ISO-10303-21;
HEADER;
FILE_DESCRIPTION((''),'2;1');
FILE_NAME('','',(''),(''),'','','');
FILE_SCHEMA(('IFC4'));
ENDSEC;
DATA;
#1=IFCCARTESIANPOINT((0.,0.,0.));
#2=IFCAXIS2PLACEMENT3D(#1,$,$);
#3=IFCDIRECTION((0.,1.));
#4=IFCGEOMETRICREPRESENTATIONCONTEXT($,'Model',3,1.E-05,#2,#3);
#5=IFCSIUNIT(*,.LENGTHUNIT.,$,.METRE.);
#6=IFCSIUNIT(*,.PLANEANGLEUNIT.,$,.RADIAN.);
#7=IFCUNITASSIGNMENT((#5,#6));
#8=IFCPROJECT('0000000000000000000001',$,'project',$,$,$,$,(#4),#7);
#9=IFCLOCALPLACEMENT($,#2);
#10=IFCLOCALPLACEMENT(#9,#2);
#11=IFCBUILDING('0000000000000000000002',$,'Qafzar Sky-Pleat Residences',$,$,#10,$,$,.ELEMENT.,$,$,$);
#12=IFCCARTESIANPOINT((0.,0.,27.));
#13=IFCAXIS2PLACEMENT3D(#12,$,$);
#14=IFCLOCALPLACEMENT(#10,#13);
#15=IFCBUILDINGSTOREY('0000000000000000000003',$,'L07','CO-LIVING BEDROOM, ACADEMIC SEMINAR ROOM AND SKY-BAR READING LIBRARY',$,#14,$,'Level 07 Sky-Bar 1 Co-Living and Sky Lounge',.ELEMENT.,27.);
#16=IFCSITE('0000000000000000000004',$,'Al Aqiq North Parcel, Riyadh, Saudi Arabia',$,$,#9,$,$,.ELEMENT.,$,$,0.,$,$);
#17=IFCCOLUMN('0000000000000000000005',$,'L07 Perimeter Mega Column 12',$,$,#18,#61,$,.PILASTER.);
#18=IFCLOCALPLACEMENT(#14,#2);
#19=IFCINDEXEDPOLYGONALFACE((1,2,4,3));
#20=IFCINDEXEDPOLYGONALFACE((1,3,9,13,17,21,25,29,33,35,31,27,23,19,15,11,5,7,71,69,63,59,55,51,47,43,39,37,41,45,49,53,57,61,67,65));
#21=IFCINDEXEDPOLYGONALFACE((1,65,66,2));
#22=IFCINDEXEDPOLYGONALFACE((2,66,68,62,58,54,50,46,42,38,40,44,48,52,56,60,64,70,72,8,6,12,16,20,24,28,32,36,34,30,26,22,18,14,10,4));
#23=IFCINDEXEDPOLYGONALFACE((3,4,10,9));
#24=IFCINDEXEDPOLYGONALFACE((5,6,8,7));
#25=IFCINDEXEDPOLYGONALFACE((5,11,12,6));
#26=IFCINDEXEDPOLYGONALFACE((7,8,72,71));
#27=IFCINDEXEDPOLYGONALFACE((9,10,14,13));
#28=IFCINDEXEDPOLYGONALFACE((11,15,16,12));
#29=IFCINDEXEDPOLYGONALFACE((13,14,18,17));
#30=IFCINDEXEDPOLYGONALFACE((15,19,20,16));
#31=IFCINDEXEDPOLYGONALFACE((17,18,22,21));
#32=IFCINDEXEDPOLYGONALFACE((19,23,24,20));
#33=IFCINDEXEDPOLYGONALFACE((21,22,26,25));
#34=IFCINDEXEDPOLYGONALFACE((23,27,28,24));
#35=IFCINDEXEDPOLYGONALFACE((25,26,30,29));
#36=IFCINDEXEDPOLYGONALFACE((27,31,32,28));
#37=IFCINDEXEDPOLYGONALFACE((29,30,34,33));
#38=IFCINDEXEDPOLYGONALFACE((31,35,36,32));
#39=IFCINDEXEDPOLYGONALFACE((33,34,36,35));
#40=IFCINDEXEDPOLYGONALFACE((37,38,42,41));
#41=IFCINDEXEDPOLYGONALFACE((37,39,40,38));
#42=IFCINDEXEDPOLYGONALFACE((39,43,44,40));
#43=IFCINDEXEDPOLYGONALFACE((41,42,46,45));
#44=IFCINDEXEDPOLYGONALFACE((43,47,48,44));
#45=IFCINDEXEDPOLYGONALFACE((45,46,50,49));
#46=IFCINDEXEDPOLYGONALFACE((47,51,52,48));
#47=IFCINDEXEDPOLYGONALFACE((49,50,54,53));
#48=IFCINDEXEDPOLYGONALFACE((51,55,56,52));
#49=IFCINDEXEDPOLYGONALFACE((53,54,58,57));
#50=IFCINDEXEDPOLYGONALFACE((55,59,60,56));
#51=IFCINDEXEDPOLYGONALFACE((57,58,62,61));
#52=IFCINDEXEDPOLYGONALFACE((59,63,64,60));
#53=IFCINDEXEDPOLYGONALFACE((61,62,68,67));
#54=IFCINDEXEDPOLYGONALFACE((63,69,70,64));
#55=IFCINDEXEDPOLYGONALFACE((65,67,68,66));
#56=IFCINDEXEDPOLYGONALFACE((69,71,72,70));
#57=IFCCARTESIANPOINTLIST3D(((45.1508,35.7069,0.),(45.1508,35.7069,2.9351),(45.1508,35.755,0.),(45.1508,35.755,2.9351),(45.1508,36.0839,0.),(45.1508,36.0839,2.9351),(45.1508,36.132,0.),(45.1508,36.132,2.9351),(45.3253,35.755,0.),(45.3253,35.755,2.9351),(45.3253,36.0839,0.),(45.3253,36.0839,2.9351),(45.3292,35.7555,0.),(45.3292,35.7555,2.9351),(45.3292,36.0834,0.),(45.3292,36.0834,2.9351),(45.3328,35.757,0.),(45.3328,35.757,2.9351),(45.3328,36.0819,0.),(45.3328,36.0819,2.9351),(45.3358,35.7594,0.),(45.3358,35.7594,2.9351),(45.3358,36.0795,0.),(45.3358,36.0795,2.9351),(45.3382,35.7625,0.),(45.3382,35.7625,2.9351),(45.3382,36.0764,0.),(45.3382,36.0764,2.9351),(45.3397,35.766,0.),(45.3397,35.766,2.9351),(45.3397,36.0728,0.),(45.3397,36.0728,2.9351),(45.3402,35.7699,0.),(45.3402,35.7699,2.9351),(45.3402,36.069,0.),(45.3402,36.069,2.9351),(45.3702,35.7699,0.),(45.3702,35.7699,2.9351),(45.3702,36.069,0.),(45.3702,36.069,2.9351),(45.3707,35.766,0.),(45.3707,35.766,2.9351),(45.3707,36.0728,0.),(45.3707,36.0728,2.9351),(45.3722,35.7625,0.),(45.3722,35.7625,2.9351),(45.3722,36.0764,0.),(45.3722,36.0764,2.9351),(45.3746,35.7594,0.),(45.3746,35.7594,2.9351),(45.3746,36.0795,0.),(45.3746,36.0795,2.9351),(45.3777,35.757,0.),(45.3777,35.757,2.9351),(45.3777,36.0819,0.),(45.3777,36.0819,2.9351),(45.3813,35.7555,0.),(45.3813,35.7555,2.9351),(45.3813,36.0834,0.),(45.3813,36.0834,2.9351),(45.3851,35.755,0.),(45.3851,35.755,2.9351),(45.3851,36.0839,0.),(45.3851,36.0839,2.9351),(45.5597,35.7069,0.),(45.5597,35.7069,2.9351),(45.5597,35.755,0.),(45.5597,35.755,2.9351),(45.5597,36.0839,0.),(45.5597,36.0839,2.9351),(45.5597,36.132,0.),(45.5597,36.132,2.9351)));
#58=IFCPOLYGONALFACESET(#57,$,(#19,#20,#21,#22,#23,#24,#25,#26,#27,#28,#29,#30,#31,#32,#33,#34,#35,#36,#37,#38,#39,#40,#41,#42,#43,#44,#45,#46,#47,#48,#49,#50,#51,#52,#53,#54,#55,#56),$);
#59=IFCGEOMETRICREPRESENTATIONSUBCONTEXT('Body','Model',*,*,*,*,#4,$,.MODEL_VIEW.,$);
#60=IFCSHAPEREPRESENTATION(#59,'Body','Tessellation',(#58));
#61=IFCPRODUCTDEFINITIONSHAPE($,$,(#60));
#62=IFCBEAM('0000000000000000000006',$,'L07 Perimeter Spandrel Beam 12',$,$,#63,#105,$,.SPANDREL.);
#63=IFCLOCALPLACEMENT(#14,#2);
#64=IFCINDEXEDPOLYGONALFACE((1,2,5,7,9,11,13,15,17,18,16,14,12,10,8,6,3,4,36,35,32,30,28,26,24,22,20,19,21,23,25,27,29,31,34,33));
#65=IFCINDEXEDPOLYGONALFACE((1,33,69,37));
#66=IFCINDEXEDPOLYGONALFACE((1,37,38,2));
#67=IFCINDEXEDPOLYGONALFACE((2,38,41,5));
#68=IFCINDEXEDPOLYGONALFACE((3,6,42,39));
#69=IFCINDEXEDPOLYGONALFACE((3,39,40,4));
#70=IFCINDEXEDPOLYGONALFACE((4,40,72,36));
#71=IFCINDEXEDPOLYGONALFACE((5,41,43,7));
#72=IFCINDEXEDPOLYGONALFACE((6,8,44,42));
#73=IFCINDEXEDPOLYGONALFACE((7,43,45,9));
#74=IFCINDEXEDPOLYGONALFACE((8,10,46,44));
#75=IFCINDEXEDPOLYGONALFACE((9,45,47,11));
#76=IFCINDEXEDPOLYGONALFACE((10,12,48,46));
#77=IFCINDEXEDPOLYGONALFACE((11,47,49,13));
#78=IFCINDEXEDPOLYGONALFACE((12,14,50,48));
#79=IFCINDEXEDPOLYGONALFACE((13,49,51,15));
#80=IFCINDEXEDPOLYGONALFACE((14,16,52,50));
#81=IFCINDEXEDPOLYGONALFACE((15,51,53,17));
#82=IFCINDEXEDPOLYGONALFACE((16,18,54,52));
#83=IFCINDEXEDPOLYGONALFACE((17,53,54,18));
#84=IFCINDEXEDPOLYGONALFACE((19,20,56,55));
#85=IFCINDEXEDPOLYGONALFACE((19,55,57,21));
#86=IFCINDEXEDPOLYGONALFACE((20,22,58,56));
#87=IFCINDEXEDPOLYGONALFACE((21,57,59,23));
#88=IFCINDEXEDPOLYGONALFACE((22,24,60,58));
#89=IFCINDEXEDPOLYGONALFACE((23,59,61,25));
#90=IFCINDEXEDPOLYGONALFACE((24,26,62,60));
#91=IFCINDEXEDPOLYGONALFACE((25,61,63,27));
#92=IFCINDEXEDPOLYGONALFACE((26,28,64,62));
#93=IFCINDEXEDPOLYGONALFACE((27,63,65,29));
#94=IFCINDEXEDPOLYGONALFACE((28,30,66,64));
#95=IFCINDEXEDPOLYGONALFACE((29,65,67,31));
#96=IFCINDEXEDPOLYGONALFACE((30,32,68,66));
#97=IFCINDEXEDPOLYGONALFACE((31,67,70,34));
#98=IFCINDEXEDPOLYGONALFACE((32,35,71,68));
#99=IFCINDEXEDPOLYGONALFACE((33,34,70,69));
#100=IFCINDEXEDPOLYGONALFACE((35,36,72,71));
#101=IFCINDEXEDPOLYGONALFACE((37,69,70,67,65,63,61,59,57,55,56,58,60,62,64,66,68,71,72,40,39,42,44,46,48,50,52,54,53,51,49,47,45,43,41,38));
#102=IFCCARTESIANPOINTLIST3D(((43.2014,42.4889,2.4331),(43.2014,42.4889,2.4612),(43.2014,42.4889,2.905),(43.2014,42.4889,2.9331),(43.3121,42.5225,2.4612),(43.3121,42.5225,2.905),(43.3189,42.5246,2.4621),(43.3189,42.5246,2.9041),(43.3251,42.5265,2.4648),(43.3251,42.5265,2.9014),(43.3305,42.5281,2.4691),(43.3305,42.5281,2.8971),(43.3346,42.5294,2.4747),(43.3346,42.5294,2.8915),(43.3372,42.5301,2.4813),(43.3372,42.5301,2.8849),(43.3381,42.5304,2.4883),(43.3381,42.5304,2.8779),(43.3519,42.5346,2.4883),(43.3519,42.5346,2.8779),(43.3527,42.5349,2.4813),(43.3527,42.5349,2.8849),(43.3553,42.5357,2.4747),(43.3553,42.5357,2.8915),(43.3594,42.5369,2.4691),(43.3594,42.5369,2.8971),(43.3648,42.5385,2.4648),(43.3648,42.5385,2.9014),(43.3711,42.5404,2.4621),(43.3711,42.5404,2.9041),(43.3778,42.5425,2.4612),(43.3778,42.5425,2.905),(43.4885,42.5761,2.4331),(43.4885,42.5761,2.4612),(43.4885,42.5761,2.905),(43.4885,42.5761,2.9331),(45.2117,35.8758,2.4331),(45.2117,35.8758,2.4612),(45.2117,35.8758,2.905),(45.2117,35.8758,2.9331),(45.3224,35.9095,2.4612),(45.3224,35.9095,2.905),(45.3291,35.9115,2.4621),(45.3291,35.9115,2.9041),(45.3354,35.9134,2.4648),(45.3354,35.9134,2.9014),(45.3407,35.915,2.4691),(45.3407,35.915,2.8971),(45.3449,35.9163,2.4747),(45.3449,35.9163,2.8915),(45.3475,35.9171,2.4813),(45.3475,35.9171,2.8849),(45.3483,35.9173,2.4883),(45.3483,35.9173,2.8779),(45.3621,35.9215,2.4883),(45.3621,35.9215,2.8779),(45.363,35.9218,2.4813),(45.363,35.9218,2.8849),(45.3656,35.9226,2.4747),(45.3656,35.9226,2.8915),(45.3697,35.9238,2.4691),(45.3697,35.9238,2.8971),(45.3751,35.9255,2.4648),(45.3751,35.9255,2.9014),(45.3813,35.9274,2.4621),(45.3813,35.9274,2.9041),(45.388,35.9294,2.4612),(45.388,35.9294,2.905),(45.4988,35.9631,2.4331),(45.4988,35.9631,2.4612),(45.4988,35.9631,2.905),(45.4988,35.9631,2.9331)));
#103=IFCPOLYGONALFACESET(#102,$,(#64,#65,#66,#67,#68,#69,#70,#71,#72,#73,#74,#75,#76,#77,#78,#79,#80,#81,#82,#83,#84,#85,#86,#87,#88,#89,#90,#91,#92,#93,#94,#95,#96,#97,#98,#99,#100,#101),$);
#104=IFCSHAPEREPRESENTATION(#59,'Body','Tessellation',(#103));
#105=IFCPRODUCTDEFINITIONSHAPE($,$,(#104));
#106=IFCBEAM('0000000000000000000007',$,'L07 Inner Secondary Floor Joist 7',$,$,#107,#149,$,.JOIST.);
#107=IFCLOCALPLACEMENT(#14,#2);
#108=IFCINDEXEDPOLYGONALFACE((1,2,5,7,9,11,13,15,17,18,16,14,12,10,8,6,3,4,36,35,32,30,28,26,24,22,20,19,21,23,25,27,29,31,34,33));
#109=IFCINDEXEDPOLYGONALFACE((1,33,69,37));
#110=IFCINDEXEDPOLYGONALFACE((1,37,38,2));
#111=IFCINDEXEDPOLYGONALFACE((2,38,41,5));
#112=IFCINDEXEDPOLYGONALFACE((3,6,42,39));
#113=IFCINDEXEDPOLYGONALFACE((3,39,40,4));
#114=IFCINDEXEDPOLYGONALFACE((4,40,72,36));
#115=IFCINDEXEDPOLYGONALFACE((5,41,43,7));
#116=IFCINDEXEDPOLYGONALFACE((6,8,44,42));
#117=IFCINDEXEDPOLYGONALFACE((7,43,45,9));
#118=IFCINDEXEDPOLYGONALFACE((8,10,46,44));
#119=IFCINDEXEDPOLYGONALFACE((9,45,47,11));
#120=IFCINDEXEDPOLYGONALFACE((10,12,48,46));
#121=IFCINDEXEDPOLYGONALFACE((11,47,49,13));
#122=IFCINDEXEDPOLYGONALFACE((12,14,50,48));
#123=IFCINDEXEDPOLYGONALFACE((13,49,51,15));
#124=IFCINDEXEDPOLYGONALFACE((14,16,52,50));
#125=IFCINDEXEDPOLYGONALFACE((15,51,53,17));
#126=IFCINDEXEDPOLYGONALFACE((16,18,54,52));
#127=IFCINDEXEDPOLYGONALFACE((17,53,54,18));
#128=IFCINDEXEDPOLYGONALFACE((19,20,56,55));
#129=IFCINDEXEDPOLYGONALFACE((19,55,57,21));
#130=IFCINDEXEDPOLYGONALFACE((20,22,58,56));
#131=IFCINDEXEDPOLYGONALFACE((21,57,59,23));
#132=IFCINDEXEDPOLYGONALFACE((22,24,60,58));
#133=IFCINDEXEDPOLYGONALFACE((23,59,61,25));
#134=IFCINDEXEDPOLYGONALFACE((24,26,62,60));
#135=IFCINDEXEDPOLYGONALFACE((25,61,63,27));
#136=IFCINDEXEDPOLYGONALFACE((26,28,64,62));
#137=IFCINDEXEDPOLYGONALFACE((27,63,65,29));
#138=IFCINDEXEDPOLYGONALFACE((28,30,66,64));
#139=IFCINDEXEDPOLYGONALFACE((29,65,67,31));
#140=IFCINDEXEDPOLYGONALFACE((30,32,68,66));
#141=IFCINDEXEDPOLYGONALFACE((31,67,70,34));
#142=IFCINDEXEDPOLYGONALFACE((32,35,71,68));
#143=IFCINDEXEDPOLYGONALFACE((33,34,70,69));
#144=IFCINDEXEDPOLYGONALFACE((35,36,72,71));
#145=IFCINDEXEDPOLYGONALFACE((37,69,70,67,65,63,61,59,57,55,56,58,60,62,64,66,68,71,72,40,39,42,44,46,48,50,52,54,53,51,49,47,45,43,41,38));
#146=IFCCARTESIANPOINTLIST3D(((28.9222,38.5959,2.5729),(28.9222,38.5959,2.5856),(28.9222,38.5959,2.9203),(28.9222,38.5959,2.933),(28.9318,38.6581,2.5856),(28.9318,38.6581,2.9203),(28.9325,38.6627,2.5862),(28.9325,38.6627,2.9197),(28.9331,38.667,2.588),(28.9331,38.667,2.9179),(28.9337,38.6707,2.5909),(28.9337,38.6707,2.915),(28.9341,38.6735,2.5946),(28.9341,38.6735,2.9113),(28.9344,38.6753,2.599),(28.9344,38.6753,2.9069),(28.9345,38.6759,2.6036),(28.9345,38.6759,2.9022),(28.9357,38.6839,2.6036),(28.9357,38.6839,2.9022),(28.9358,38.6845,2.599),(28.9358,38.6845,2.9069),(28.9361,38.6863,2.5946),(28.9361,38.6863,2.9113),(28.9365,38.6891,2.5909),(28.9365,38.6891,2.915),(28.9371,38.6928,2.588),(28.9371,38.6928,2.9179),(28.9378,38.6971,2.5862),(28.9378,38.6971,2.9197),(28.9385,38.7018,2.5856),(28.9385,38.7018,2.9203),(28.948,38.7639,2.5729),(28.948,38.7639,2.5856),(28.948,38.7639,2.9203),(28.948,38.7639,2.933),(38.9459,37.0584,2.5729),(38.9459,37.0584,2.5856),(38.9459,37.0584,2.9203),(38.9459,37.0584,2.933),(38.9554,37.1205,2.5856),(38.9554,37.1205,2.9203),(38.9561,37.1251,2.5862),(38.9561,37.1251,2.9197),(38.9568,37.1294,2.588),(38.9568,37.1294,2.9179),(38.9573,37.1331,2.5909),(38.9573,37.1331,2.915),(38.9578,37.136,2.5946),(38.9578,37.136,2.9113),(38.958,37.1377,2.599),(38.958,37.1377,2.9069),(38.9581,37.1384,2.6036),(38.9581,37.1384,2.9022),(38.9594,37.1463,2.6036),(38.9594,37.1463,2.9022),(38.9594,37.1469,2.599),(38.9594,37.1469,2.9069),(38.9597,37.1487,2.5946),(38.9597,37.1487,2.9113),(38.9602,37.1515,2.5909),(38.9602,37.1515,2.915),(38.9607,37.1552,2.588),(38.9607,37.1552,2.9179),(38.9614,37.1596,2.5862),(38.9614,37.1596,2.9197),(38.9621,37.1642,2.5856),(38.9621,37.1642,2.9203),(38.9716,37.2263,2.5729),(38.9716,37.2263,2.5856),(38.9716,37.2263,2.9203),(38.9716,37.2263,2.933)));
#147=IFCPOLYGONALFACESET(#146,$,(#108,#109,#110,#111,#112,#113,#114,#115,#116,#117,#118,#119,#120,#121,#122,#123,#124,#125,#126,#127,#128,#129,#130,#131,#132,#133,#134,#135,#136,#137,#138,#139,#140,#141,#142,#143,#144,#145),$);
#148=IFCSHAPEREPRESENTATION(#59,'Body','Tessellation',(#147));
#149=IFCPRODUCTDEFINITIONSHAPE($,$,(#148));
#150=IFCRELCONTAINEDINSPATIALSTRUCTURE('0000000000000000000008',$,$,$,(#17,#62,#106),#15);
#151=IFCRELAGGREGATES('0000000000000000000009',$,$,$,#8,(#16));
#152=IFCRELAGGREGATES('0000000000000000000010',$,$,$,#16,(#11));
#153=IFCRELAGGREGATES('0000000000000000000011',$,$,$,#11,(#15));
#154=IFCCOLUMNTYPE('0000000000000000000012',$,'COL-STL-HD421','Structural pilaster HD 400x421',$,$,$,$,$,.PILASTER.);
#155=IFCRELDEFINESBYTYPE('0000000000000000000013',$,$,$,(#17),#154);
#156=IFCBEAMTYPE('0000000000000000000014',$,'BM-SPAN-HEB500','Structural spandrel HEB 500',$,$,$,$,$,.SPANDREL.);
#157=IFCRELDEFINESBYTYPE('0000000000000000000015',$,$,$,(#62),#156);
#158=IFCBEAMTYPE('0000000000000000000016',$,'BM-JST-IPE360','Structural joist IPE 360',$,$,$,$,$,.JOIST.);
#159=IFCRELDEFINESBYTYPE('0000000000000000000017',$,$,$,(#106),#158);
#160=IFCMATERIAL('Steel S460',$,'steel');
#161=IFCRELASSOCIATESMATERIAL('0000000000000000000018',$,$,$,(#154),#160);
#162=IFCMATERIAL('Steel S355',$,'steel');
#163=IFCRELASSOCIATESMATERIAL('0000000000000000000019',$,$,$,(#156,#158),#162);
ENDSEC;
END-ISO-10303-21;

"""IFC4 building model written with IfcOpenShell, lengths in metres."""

from ifc_helpers import new_model, si_unit, direction, frame, origin, origin_2d, place, context, subcontext, project, spatial, i_section, extrude, source, transform, mapped, material, material_profile, profile_set, type_object, element, save


model = new_model("IFC4")

# Units and contexts
model_context = context("Model", 3, precision=1e-05, world=origin(), true_north=direction((0.0, 1.0)))
body_context = subcontext(model_context, "Body", "Model", "MODEL_VIEW")
ifc_project = project(units=[si_unit("LENGTHUNIT", "METRE"), si_unit("PLANEANGLEUNIT", "RADIAN")], contexts=[model_context])

# Site, building, storey
site_placement = place(None, origin())
site = spatial("IfcSite", under=ifc_project, at=site_placement, Name="Al Aqiq North Parcel, Riyadh, Saudi Arabia", CompositionType="ELEMENT", RefElevation=0.0)
building_placement = place(site_placement, origin())
building = spatial("IfcBuilding", under=site, at=building_placement, Name="Qafzar Sky-Pleat Residences", CompositionType="ELEMENT")
storey_placement = place(building_placement, frame((0.0, 0.0, 27.0)))
storey = spatial("IfcBuildingStorey", under=building, at=storey_placement, Name="L07", Description="CO-LIVING BEDROOM, ACADEMIC SEMINAR ROOM AND SKY-BAR READING LIBRARY", LongName="Level 07 Sky-Bar 1 Co-Living and Sky Lounge", CompositionType="ELEMENT", Elevation=27.0)

# Column
ifc_material_1 = material(Name="Steel S460", Category="steel")
ifc_material_profile_1 = material_profile(ifc_material_1, i_section(OverallWidth=0.4089, OverallDepth=0.425, WebThickness=0.03, FlangeThickness=0.0481, FilletRadius=0.0149, at=origin_2d()), Name="HD 400x421")
ifc_profile_set_1 = profile_set([ifc_material_profile_1], Name="Steel S460")
column_type = type_object("IfcColumnType", Name="COL-STL-HD421", Description="Structural pilaster HD 400x421", PredefinedType="PILASTER", material=ifc_profile_set_1)
shared_shape_1 = source(origin(), body_context, "Body", "SweptSolid", [
    extrude(i_section(OverallWidth=0.4089, OverallDepth=0.425, WebThickness=0.03, FlangeThickness=0.0481, FilletRadius=0.0149, at=origin_2d()), origin(), (0.0, 0.0, 1.0), 2.9351),
])
column_placement = place(storey_placement, frame((45.3552, 35.9194, 0.0), z_axis=(0.0, 0.0, 1.0), x_axis=(1.0, 0.0, 0.0)))
element("IfcColumn", 1, at=column_placement, inside=storey, type_object=column_type, Name="L07 Perimeter Mega Column 12", PredefinedType="PILASTER", context=body_context, shape_type="MappedRepresentation", body=[
    mapped(shared_shape_1, transform((0.0, 0.0, 0.0), x_axis=(1.0, 0.0, 0.0), y_axis=(0.0, 1.0, 0.0), z_axis=(0.0, 0.0, 1.0), scale=1.0)),
])

# Beams
ifc_material_2 = material(Name="Steel S355", Category="steel")
ifc_material_profile_2 = material_profile(ifc_material_2, i_section(OverallWidth=0.3, OverallDepth=0.5, WebThickness=0.0144, FlangeThickness=0.0281, FilletRadius=0.0271, at=origin_2d()), Name="HEB 500")
ifc_profile_set_2 = profile_set([ifc_material_profile_2], Name="Steel S355")
beam_type_1 = type_object("IfcBeamType", Name="BM-SPAN-HEB500", Description="Structural spandrel HEB 500", PredefinedType="SPANDREL", material=ifc_profile_set_2)
shared_shape_2 = source(origin(), body_context, "Body", "SweptSolid", [
    extrude(i_section(OverallWidth=0.3, OverallDepth=0.5, WebThickness=0.0144, FlangeThickness=0.0281, FilletRadius=0.0271, at=origin_2d()), origin(), (0.0, 0.0, 1.0), 6.9119),
])
beam_1_placement = place(storey_placement, frame((45.3552, 35.9194, 2.6831), z_axis=(-0.290843, 0.956771, 0.0), x_axis=(-0.956771, -0.290843, 0.0)))
element("IfcBeam", 2, at=beam_1_placement, inside=storey, type_object=beam_type_1, Name="L07 Perimeter Spandrel Beam 12", PredefinedType="SPANDREL", context=body_context, shape_type="MappedRepresentation", body=[
    mapped(shared_shape_2, transform((0.0, 0.0, 0.0), x_axis=(1.0, 0.0, 0.0), y_axis=(0.0, 1.0, 0.0), z_axis=(0.0, 0.0, 1.0), scale=1.0)),
])
ifc_material_profile_3 = material_profile(ifc_material_2, i_section(OverallWidth=0.1699, OverallDepth=0.3601, WebThickness=0.0081, FlangeThickness=0.0127, FilletRadius=0.0181, at=origin_2d()), Name="IPE 360")
ifc_profile_set_3 = profile_set([ifc_material_profile_3], Name="Steel S355")
beam_type_2 = type_object("IfcBeamType", Name="BM-JST-IPE360", Description="Structural joist IPE 360", PredefinedType="JOIST", material=ifc_profile_set_3)
shared_shape_3 = source(origin(), body_context, "Body", "SweptSolid", [
    extrude(i_section(OverallWidth=0.1699, OverallDepth=0.3601, WebThickness=0.0081, FlangeThickness=0.0127, FilletRadius=0.0181, at=origin_2d()), origin(), (0.0, 0.0, 1.0), 10.1409),
])
beam_2_placement = place(storey_placement, frame((38.9587, 37.1423, 2.7529), z_axis=(-0.988438, 0.151623, 0.0), x_axis=(-0.151623, -0.988438, 0.0)))
element("IfcBeam", 3, at=beam_2_placement, inside=storey, type_object=beam_type_2, Name="L07 Inner Secondary Floor Joist 7", PredefinedType="JOIST", context=body_context, shape_type="MappedRepresentation", body=[
    mapped(shared_shape_3, transform((0.0, 0.0, 0.0), x_axis=(1.0, 0.0, 0.0), y_axis=(0.0, 1.0, 0.0), z_axis=(0.0, 0.0, 1.0), scale=1.0)),
])

save(model, "model.ifc")
